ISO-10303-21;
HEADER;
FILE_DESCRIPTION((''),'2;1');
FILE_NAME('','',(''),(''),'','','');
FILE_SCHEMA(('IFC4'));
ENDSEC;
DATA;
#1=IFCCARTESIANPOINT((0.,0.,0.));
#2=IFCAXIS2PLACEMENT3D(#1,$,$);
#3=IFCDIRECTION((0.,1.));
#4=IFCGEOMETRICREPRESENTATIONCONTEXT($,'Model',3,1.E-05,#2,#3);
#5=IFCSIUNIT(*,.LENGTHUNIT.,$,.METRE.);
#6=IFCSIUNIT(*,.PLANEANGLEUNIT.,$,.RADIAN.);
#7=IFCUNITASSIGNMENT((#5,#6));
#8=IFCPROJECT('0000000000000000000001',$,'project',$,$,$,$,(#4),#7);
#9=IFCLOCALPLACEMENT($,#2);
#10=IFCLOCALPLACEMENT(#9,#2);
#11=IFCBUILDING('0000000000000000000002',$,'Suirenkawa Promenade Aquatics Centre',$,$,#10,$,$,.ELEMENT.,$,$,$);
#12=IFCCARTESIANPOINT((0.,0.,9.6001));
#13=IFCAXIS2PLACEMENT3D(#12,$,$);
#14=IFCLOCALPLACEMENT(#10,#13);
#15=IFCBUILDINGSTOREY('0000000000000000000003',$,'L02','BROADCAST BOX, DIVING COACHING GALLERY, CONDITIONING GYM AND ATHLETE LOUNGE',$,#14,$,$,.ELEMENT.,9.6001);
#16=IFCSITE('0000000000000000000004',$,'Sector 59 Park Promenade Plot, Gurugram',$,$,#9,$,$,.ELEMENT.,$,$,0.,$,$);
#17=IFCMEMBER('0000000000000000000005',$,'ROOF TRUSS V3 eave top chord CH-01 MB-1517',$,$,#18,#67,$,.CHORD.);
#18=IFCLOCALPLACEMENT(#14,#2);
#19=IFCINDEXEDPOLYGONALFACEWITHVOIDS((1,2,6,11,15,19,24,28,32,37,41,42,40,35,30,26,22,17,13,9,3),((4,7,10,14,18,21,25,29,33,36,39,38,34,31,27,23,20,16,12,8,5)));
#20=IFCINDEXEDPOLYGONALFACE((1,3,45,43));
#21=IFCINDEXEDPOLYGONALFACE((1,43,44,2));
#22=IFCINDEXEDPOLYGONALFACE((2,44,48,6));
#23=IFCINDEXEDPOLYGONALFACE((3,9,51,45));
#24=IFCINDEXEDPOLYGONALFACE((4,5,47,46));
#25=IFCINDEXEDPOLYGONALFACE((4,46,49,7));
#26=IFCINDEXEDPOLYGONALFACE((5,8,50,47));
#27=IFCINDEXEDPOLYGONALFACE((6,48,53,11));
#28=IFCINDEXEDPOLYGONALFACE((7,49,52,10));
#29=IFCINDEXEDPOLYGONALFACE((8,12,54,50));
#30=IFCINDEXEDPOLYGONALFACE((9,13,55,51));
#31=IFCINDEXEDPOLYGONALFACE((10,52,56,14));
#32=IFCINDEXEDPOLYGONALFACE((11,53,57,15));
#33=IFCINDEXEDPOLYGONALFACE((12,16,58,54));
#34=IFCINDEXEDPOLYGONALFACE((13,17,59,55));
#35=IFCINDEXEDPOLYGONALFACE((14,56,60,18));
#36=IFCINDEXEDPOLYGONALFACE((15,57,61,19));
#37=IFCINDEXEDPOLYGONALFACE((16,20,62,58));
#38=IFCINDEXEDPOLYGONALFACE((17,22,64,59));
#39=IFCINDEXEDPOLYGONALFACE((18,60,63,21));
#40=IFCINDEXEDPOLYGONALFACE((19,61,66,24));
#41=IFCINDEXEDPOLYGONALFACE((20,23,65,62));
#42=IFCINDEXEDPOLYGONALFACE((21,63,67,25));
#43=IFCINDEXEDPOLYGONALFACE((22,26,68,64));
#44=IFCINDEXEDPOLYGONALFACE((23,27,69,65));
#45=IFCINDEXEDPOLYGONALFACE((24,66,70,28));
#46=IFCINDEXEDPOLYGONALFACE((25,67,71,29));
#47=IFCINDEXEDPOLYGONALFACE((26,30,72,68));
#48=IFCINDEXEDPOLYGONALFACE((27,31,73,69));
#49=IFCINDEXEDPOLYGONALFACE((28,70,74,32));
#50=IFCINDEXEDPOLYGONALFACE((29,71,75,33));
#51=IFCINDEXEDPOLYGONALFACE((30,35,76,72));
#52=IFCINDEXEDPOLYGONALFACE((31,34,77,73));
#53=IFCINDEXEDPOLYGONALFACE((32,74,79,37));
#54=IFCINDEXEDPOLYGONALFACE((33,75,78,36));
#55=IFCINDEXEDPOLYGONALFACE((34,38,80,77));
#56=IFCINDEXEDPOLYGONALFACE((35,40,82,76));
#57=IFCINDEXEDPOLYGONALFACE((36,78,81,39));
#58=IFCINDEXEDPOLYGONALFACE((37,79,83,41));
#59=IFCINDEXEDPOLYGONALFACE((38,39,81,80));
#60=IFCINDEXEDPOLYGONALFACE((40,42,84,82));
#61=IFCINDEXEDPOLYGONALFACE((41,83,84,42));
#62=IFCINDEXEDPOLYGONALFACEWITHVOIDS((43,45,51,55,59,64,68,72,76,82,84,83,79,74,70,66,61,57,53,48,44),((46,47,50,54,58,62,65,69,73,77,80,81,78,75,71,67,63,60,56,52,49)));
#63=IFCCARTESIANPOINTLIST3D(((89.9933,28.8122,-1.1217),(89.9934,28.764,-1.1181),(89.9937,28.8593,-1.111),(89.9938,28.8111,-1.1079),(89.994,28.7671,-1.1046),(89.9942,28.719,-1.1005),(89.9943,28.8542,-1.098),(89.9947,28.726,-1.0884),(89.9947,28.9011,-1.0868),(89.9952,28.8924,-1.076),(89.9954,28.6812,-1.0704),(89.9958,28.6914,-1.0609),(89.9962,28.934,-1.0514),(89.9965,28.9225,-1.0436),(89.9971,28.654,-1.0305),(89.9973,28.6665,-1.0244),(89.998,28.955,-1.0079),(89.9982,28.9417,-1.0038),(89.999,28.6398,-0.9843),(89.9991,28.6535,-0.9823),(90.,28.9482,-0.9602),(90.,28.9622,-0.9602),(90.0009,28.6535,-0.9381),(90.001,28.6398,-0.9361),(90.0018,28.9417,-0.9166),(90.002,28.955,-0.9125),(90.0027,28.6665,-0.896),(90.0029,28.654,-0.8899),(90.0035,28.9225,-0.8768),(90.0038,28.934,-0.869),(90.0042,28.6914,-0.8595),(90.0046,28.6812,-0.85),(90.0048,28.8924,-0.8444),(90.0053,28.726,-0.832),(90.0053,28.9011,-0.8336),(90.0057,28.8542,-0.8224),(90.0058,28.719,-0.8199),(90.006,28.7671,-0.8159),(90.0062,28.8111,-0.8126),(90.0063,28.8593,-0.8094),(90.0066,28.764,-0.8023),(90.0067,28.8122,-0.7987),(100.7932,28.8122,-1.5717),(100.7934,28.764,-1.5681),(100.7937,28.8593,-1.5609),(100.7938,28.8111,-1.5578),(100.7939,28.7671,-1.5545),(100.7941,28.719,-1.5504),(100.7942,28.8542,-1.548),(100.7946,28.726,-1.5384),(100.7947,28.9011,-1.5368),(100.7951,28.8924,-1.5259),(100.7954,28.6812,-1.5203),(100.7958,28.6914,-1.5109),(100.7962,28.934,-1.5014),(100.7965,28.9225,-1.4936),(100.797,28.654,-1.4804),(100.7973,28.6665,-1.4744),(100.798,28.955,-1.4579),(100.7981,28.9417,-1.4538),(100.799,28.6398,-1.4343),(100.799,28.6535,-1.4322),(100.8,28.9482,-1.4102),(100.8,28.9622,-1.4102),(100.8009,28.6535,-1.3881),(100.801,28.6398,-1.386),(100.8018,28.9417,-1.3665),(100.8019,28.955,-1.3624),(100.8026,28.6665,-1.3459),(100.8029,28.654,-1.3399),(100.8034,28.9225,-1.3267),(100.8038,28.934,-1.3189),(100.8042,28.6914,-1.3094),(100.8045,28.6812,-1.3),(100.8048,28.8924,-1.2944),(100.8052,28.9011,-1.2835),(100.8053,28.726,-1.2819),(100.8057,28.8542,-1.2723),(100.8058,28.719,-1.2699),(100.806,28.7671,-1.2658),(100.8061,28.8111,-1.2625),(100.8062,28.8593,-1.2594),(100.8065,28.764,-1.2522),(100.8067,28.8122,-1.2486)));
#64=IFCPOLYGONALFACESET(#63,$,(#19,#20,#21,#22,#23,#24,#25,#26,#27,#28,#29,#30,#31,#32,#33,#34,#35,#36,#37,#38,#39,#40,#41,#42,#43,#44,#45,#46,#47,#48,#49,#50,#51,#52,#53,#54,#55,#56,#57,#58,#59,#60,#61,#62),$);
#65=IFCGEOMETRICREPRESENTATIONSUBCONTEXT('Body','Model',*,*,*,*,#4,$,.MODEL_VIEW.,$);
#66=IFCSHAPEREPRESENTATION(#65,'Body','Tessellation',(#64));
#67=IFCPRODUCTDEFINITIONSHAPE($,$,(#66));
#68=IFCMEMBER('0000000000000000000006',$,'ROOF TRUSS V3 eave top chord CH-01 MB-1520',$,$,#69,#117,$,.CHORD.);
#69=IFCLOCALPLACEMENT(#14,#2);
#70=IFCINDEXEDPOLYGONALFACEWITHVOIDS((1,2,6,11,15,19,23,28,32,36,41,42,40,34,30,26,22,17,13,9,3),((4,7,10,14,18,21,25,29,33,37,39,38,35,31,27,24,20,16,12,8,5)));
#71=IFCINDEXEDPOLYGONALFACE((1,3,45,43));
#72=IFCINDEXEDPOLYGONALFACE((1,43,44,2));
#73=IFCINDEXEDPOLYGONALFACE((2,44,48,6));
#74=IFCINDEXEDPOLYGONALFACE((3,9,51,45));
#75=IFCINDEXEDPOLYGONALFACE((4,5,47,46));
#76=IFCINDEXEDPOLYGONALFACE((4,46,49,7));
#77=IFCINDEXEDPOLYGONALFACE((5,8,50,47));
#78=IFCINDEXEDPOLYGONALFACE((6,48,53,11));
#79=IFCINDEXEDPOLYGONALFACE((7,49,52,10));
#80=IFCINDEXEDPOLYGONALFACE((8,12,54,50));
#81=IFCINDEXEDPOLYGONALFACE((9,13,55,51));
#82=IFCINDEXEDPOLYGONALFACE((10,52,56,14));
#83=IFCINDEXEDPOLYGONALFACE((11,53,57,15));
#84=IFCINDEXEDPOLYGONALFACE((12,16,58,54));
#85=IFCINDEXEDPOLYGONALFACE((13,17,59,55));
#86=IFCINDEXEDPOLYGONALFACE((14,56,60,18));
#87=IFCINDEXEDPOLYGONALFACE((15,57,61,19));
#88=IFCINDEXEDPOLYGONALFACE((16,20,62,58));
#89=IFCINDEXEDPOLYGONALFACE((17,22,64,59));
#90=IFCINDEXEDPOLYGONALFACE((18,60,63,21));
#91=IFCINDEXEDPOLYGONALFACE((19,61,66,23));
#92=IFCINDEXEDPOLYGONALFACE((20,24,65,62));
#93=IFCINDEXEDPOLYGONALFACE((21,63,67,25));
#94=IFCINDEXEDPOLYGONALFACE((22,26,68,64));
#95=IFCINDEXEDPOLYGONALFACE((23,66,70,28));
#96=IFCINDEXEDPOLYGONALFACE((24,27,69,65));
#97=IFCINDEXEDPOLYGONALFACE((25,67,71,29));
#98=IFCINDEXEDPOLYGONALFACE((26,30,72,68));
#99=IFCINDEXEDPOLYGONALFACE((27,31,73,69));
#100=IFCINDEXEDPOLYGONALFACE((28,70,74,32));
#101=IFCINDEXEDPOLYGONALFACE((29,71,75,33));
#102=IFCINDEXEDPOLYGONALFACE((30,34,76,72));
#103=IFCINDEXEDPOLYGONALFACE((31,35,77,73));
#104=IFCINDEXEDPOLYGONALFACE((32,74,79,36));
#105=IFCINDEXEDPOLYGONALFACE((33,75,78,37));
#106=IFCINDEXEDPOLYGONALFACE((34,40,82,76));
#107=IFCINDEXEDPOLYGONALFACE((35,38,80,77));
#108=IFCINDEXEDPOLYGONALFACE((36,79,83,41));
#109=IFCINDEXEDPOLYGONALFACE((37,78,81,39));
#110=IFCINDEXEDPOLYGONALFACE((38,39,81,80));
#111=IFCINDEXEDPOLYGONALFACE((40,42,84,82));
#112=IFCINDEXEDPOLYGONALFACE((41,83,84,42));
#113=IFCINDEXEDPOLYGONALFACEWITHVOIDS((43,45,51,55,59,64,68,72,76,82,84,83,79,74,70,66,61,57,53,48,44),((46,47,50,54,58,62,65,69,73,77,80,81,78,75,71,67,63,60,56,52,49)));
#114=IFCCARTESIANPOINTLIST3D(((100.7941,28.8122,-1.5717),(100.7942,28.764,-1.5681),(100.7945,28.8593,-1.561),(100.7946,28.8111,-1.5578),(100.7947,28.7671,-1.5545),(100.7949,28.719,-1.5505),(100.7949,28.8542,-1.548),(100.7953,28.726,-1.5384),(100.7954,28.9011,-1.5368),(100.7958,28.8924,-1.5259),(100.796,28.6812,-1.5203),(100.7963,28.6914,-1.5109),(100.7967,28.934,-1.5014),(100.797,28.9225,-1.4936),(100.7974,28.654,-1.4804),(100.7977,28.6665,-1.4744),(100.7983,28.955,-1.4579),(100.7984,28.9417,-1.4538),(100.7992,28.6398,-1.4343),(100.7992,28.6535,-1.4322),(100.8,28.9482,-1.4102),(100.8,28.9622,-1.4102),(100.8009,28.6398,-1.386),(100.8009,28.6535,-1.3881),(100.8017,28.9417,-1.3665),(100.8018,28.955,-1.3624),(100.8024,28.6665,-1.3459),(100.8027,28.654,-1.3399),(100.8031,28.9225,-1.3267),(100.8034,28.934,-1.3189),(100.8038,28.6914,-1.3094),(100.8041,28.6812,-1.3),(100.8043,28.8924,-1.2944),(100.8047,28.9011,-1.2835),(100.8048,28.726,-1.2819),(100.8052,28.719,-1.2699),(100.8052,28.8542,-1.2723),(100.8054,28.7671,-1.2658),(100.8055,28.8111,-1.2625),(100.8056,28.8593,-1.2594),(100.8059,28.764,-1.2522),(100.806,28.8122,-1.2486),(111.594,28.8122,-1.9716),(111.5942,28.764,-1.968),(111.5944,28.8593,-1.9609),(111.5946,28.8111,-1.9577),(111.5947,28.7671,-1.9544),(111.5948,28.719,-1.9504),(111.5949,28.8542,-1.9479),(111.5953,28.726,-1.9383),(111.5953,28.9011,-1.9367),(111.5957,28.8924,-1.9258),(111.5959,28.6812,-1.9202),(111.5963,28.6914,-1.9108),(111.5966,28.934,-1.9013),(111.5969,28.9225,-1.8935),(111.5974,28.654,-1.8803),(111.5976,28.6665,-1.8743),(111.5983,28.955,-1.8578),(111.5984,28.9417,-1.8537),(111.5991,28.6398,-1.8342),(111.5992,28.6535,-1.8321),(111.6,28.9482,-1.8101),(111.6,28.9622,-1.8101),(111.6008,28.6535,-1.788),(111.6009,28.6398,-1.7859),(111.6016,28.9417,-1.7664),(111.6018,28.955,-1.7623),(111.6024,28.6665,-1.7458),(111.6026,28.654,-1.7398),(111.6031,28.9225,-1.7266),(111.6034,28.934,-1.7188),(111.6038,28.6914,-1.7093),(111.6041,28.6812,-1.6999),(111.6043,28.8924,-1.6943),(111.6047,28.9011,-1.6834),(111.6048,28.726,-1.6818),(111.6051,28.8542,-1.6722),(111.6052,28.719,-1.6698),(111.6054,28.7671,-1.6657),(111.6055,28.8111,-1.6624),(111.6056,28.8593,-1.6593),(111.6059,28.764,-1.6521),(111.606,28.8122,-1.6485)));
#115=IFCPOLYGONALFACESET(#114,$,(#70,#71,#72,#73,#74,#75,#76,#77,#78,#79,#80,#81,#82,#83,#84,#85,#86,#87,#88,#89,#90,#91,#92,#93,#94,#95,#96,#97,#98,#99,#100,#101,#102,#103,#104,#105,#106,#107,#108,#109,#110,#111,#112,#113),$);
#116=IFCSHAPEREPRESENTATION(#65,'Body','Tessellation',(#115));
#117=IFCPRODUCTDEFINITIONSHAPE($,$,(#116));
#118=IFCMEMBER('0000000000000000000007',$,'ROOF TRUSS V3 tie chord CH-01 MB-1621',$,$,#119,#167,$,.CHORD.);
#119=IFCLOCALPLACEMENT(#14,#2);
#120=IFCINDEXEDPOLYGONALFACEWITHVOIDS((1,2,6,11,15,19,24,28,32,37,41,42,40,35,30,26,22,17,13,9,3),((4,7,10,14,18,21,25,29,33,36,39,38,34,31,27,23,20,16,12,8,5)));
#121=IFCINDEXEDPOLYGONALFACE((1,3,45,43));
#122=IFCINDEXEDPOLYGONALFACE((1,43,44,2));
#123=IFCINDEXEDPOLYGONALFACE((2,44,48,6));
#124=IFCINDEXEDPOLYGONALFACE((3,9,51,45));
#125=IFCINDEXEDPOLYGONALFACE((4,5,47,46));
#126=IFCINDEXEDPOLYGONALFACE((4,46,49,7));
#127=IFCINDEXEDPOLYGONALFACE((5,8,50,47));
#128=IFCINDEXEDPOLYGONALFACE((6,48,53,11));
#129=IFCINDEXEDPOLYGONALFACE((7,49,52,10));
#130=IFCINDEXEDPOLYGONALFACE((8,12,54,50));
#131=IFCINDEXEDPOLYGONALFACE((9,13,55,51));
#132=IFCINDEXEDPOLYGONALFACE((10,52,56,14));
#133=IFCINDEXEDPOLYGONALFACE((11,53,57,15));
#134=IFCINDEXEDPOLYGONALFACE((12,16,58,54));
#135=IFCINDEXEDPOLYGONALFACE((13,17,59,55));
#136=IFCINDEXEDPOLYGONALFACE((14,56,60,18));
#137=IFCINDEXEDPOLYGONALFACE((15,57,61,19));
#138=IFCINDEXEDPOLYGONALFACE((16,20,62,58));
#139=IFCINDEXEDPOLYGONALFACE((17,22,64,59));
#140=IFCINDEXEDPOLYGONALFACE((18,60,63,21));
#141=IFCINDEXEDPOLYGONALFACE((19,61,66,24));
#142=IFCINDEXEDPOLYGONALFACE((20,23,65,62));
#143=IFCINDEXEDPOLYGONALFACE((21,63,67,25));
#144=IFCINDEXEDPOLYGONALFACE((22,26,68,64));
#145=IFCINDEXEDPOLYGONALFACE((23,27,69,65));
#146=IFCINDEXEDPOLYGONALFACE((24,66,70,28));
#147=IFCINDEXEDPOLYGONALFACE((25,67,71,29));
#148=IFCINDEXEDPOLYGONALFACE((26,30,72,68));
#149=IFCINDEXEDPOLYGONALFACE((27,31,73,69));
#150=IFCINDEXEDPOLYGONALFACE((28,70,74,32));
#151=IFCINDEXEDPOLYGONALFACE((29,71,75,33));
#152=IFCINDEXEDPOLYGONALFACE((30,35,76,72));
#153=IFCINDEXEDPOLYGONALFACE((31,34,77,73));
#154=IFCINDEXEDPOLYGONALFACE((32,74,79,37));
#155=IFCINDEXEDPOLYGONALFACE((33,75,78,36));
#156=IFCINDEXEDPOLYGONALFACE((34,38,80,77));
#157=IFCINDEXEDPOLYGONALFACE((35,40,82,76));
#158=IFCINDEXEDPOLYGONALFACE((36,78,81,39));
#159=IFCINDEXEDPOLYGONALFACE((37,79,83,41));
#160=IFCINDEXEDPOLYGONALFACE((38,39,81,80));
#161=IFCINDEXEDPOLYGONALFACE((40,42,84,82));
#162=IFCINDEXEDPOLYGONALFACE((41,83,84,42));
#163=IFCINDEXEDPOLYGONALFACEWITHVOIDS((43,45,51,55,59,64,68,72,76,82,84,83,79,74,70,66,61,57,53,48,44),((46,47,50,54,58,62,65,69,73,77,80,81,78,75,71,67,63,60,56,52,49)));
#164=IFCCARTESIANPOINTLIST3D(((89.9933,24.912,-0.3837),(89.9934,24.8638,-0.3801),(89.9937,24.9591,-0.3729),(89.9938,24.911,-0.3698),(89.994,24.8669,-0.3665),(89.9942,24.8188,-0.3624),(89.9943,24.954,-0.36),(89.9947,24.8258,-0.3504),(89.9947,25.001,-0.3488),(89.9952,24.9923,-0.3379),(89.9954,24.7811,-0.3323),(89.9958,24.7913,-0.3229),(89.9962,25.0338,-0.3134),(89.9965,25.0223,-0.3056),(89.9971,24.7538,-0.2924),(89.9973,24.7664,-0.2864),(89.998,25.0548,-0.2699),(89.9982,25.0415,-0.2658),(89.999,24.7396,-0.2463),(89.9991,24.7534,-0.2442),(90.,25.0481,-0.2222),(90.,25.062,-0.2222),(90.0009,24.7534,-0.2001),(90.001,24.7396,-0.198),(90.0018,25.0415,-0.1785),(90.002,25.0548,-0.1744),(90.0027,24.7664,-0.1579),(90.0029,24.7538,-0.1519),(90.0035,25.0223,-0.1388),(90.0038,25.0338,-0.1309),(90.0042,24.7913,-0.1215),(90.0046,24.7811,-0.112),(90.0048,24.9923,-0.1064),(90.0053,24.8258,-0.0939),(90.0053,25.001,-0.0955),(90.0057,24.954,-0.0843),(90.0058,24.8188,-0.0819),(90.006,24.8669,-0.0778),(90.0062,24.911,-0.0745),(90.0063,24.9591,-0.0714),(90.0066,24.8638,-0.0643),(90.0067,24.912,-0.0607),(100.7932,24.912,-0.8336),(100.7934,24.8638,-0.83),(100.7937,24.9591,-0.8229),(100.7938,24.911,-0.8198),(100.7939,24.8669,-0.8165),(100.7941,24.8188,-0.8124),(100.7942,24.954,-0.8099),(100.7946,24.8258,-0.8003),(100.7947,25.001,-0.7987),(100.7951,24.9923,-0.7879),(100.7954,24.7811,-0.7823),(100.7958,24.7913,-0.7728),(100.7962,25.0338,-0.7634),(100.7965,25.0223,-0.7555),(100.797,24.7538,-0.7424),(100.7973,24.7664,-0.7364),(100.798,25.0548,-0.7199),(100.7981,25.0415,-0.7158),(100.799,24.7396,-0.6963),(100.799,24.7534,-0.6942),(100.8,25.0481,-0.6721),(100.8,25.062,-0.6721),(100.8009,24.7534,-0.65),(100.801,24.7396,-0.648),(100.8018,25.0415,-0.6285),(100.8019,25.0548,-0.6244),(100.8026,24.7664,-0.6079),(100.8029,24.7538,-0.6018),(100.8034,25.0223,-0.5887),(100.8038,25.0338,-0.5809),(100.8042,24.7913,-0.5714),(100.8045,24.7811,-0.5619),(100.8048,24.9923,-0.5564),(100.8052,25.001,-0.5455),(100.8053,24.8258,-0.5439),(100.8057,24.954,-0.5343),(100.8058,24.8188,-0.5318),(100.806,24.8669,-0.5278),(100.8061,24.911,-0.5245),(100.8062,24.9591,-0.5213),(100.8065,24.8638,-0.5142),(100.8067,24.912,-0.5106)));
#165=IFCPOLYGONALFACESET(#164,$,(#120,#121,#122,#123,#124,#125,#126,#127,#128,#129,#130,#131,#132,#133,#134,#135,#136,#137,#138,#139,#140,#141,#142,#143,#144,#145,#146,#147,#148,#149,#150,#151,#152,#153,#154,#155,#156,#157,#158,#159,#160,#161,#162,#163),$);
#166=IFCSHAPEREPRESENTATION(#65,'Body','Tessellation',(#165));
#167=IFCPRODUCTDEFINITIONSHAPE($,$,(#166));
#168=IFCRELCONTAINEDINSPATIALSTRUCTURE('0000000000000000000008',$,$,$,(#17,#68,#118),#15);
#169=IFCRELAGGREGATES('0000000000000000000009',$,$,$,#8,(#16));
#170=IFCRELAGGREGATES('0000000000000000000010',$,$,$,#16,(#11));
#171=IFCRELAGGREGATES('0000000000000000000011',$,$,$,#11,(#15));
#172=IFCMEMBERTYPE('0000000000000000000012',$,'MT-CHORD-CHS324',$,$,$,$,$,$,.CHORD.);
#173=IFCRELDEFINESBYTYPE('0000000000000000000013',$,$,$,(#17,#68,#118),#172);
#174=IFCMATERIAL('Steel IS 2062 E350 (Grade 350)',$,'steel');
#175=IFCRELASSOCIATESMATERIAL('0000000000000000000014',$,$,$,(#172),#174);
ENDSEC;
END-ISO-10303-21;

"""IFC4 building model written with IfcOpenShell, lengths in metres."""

from ifc_helpers import new_model, si_unit, direction, frame, origin, origin_2d, place, context, subcontext, project, spatial, hollow_circle, extrude, material, material_profile, profile_set, type_object, element, save


model = new_model("IFC4")

# Units and contexts
model_context = context("Model", 3, precision=1e-05, world=origin(), true_north=direction((0.0, 1.0)))
body_context = subcontext(model_context, "Body", "Model", "MODEL_VIEW")
ifc_project = project(units=[si_unit("LENGTHUNIT", "METRE"), si_unit("PLANEANGLEUNIT", "RADIAN")], contexts=[model_context])

# Site, building, storey
site_placement = place(None, origin())
site = spatial("IfcSite", under=ifc_project, at=site_placement, Name="Sector 59 Park Promenade Plot, Gurugram", CompositionType="ELEMENT", RefElevation=0.0)
building_placement = place(site_placement, origin())
building = spatial("IfcBuilding", under=site, at=building_placement, Name="Suirenkawa Promenade Aquatics Centre", CompositionType="ELEMENT")
storey_placement = place(building_placement, frame((0.0, 0.0, 9.6001)))
storey = spatial("IfcBuildingStorey", under=building, at=storey_placement, Name="L02", Description="BROADCAST BOX, DIVING COACHING GALLERY, CONDITIONING GYM AND ATHLETE LOUNGE", CompositionType="ELEMENT", Elevation=9.6001)

# Shared definitions
ifc_material = material(Name="Steel IS 2062 E350 (Grade 350)", Category="steel")

# Members
ifc_material_profile_1 = material_profile(ifc_material, hollow_circle(Radius=0.1621, WallThickness=0.0139, at=origin_2d()), Name="CHS 324x14", Category="steel")
ifc_profile_set_1 = profile_set([ifc_material_profile_1], Name="Steel IS 2062 E350 (Grade 350)")
member_type_1 = type_object("IfcMemberType", Name="MT-CHORD-CHS324", PredefinedType="CHORD", material=ifc_profile_set_1)
member_1_placement = place(storey_placement, frame((90.0, 28.8, -0.9602), z_axis=(0.999133, 0.0, -0.041626), x_axis=(0.0, 1.0, 0.0)))
element("IfcMember", 1, at=member_1_placement, inside=storey, type_object=member_type_1, Name="ROOF TRUSS V3 eave top chord CH-01 MB-1517", PredefinedType="CHORD", context=body_context, shape_type="SweptSolid", body=[
    extrude(hollow_circle(Radius=0.1621, WallThickness=0.0139, at=origin_2d()), origin(), (0.0, 0.0, 1.0), 10.8093),
])
member_2_placement = place(storey_placement, frame((100.8, 28.8, -1.4102), z_axis=(0.999315, 0.0, -0.037002), x_axis=(0.0, 1.0, 0.0)))
element("IfcMember", 2, at=member_2_placement, inside=storey, type_object=member_type_1, Name="ROOF TRUSS V3 eave top chord CH-01 MB-1520", PredefinedType="CHORD", context=body_context, shape_type="SweptSolid", body=[
    extrude(hollow_circle(Radius=0.1621, WallThickness=0.0139, at=origin_2d()), origin(), (0.0, 0.0, 1.0), 10.8074),
])
member_3_placement = place(storey_placement, frame((90.0, 24.8999, -0.2222), z_axis=(0.999133, 0.0, -0.041626), x_axis=(0.0, 1.0, 0.0)))
element("IfcMember", 3, at=member_3_placement, inside=storey, type_object=member_type_1, Name="ROOF TRUSS V3 tie chord CH-01 MB-1621", PredefinedType="CHORD", context=body_context, shape_type="SweptSolid", body=[
    extrude(hollow_circle(Radius=0.1621, WallThickness=0.0139, at=origin_2d()), origin(), (0.0, 0.0, 1.0), 10.8093),
])

save(model, "model.ifc")
